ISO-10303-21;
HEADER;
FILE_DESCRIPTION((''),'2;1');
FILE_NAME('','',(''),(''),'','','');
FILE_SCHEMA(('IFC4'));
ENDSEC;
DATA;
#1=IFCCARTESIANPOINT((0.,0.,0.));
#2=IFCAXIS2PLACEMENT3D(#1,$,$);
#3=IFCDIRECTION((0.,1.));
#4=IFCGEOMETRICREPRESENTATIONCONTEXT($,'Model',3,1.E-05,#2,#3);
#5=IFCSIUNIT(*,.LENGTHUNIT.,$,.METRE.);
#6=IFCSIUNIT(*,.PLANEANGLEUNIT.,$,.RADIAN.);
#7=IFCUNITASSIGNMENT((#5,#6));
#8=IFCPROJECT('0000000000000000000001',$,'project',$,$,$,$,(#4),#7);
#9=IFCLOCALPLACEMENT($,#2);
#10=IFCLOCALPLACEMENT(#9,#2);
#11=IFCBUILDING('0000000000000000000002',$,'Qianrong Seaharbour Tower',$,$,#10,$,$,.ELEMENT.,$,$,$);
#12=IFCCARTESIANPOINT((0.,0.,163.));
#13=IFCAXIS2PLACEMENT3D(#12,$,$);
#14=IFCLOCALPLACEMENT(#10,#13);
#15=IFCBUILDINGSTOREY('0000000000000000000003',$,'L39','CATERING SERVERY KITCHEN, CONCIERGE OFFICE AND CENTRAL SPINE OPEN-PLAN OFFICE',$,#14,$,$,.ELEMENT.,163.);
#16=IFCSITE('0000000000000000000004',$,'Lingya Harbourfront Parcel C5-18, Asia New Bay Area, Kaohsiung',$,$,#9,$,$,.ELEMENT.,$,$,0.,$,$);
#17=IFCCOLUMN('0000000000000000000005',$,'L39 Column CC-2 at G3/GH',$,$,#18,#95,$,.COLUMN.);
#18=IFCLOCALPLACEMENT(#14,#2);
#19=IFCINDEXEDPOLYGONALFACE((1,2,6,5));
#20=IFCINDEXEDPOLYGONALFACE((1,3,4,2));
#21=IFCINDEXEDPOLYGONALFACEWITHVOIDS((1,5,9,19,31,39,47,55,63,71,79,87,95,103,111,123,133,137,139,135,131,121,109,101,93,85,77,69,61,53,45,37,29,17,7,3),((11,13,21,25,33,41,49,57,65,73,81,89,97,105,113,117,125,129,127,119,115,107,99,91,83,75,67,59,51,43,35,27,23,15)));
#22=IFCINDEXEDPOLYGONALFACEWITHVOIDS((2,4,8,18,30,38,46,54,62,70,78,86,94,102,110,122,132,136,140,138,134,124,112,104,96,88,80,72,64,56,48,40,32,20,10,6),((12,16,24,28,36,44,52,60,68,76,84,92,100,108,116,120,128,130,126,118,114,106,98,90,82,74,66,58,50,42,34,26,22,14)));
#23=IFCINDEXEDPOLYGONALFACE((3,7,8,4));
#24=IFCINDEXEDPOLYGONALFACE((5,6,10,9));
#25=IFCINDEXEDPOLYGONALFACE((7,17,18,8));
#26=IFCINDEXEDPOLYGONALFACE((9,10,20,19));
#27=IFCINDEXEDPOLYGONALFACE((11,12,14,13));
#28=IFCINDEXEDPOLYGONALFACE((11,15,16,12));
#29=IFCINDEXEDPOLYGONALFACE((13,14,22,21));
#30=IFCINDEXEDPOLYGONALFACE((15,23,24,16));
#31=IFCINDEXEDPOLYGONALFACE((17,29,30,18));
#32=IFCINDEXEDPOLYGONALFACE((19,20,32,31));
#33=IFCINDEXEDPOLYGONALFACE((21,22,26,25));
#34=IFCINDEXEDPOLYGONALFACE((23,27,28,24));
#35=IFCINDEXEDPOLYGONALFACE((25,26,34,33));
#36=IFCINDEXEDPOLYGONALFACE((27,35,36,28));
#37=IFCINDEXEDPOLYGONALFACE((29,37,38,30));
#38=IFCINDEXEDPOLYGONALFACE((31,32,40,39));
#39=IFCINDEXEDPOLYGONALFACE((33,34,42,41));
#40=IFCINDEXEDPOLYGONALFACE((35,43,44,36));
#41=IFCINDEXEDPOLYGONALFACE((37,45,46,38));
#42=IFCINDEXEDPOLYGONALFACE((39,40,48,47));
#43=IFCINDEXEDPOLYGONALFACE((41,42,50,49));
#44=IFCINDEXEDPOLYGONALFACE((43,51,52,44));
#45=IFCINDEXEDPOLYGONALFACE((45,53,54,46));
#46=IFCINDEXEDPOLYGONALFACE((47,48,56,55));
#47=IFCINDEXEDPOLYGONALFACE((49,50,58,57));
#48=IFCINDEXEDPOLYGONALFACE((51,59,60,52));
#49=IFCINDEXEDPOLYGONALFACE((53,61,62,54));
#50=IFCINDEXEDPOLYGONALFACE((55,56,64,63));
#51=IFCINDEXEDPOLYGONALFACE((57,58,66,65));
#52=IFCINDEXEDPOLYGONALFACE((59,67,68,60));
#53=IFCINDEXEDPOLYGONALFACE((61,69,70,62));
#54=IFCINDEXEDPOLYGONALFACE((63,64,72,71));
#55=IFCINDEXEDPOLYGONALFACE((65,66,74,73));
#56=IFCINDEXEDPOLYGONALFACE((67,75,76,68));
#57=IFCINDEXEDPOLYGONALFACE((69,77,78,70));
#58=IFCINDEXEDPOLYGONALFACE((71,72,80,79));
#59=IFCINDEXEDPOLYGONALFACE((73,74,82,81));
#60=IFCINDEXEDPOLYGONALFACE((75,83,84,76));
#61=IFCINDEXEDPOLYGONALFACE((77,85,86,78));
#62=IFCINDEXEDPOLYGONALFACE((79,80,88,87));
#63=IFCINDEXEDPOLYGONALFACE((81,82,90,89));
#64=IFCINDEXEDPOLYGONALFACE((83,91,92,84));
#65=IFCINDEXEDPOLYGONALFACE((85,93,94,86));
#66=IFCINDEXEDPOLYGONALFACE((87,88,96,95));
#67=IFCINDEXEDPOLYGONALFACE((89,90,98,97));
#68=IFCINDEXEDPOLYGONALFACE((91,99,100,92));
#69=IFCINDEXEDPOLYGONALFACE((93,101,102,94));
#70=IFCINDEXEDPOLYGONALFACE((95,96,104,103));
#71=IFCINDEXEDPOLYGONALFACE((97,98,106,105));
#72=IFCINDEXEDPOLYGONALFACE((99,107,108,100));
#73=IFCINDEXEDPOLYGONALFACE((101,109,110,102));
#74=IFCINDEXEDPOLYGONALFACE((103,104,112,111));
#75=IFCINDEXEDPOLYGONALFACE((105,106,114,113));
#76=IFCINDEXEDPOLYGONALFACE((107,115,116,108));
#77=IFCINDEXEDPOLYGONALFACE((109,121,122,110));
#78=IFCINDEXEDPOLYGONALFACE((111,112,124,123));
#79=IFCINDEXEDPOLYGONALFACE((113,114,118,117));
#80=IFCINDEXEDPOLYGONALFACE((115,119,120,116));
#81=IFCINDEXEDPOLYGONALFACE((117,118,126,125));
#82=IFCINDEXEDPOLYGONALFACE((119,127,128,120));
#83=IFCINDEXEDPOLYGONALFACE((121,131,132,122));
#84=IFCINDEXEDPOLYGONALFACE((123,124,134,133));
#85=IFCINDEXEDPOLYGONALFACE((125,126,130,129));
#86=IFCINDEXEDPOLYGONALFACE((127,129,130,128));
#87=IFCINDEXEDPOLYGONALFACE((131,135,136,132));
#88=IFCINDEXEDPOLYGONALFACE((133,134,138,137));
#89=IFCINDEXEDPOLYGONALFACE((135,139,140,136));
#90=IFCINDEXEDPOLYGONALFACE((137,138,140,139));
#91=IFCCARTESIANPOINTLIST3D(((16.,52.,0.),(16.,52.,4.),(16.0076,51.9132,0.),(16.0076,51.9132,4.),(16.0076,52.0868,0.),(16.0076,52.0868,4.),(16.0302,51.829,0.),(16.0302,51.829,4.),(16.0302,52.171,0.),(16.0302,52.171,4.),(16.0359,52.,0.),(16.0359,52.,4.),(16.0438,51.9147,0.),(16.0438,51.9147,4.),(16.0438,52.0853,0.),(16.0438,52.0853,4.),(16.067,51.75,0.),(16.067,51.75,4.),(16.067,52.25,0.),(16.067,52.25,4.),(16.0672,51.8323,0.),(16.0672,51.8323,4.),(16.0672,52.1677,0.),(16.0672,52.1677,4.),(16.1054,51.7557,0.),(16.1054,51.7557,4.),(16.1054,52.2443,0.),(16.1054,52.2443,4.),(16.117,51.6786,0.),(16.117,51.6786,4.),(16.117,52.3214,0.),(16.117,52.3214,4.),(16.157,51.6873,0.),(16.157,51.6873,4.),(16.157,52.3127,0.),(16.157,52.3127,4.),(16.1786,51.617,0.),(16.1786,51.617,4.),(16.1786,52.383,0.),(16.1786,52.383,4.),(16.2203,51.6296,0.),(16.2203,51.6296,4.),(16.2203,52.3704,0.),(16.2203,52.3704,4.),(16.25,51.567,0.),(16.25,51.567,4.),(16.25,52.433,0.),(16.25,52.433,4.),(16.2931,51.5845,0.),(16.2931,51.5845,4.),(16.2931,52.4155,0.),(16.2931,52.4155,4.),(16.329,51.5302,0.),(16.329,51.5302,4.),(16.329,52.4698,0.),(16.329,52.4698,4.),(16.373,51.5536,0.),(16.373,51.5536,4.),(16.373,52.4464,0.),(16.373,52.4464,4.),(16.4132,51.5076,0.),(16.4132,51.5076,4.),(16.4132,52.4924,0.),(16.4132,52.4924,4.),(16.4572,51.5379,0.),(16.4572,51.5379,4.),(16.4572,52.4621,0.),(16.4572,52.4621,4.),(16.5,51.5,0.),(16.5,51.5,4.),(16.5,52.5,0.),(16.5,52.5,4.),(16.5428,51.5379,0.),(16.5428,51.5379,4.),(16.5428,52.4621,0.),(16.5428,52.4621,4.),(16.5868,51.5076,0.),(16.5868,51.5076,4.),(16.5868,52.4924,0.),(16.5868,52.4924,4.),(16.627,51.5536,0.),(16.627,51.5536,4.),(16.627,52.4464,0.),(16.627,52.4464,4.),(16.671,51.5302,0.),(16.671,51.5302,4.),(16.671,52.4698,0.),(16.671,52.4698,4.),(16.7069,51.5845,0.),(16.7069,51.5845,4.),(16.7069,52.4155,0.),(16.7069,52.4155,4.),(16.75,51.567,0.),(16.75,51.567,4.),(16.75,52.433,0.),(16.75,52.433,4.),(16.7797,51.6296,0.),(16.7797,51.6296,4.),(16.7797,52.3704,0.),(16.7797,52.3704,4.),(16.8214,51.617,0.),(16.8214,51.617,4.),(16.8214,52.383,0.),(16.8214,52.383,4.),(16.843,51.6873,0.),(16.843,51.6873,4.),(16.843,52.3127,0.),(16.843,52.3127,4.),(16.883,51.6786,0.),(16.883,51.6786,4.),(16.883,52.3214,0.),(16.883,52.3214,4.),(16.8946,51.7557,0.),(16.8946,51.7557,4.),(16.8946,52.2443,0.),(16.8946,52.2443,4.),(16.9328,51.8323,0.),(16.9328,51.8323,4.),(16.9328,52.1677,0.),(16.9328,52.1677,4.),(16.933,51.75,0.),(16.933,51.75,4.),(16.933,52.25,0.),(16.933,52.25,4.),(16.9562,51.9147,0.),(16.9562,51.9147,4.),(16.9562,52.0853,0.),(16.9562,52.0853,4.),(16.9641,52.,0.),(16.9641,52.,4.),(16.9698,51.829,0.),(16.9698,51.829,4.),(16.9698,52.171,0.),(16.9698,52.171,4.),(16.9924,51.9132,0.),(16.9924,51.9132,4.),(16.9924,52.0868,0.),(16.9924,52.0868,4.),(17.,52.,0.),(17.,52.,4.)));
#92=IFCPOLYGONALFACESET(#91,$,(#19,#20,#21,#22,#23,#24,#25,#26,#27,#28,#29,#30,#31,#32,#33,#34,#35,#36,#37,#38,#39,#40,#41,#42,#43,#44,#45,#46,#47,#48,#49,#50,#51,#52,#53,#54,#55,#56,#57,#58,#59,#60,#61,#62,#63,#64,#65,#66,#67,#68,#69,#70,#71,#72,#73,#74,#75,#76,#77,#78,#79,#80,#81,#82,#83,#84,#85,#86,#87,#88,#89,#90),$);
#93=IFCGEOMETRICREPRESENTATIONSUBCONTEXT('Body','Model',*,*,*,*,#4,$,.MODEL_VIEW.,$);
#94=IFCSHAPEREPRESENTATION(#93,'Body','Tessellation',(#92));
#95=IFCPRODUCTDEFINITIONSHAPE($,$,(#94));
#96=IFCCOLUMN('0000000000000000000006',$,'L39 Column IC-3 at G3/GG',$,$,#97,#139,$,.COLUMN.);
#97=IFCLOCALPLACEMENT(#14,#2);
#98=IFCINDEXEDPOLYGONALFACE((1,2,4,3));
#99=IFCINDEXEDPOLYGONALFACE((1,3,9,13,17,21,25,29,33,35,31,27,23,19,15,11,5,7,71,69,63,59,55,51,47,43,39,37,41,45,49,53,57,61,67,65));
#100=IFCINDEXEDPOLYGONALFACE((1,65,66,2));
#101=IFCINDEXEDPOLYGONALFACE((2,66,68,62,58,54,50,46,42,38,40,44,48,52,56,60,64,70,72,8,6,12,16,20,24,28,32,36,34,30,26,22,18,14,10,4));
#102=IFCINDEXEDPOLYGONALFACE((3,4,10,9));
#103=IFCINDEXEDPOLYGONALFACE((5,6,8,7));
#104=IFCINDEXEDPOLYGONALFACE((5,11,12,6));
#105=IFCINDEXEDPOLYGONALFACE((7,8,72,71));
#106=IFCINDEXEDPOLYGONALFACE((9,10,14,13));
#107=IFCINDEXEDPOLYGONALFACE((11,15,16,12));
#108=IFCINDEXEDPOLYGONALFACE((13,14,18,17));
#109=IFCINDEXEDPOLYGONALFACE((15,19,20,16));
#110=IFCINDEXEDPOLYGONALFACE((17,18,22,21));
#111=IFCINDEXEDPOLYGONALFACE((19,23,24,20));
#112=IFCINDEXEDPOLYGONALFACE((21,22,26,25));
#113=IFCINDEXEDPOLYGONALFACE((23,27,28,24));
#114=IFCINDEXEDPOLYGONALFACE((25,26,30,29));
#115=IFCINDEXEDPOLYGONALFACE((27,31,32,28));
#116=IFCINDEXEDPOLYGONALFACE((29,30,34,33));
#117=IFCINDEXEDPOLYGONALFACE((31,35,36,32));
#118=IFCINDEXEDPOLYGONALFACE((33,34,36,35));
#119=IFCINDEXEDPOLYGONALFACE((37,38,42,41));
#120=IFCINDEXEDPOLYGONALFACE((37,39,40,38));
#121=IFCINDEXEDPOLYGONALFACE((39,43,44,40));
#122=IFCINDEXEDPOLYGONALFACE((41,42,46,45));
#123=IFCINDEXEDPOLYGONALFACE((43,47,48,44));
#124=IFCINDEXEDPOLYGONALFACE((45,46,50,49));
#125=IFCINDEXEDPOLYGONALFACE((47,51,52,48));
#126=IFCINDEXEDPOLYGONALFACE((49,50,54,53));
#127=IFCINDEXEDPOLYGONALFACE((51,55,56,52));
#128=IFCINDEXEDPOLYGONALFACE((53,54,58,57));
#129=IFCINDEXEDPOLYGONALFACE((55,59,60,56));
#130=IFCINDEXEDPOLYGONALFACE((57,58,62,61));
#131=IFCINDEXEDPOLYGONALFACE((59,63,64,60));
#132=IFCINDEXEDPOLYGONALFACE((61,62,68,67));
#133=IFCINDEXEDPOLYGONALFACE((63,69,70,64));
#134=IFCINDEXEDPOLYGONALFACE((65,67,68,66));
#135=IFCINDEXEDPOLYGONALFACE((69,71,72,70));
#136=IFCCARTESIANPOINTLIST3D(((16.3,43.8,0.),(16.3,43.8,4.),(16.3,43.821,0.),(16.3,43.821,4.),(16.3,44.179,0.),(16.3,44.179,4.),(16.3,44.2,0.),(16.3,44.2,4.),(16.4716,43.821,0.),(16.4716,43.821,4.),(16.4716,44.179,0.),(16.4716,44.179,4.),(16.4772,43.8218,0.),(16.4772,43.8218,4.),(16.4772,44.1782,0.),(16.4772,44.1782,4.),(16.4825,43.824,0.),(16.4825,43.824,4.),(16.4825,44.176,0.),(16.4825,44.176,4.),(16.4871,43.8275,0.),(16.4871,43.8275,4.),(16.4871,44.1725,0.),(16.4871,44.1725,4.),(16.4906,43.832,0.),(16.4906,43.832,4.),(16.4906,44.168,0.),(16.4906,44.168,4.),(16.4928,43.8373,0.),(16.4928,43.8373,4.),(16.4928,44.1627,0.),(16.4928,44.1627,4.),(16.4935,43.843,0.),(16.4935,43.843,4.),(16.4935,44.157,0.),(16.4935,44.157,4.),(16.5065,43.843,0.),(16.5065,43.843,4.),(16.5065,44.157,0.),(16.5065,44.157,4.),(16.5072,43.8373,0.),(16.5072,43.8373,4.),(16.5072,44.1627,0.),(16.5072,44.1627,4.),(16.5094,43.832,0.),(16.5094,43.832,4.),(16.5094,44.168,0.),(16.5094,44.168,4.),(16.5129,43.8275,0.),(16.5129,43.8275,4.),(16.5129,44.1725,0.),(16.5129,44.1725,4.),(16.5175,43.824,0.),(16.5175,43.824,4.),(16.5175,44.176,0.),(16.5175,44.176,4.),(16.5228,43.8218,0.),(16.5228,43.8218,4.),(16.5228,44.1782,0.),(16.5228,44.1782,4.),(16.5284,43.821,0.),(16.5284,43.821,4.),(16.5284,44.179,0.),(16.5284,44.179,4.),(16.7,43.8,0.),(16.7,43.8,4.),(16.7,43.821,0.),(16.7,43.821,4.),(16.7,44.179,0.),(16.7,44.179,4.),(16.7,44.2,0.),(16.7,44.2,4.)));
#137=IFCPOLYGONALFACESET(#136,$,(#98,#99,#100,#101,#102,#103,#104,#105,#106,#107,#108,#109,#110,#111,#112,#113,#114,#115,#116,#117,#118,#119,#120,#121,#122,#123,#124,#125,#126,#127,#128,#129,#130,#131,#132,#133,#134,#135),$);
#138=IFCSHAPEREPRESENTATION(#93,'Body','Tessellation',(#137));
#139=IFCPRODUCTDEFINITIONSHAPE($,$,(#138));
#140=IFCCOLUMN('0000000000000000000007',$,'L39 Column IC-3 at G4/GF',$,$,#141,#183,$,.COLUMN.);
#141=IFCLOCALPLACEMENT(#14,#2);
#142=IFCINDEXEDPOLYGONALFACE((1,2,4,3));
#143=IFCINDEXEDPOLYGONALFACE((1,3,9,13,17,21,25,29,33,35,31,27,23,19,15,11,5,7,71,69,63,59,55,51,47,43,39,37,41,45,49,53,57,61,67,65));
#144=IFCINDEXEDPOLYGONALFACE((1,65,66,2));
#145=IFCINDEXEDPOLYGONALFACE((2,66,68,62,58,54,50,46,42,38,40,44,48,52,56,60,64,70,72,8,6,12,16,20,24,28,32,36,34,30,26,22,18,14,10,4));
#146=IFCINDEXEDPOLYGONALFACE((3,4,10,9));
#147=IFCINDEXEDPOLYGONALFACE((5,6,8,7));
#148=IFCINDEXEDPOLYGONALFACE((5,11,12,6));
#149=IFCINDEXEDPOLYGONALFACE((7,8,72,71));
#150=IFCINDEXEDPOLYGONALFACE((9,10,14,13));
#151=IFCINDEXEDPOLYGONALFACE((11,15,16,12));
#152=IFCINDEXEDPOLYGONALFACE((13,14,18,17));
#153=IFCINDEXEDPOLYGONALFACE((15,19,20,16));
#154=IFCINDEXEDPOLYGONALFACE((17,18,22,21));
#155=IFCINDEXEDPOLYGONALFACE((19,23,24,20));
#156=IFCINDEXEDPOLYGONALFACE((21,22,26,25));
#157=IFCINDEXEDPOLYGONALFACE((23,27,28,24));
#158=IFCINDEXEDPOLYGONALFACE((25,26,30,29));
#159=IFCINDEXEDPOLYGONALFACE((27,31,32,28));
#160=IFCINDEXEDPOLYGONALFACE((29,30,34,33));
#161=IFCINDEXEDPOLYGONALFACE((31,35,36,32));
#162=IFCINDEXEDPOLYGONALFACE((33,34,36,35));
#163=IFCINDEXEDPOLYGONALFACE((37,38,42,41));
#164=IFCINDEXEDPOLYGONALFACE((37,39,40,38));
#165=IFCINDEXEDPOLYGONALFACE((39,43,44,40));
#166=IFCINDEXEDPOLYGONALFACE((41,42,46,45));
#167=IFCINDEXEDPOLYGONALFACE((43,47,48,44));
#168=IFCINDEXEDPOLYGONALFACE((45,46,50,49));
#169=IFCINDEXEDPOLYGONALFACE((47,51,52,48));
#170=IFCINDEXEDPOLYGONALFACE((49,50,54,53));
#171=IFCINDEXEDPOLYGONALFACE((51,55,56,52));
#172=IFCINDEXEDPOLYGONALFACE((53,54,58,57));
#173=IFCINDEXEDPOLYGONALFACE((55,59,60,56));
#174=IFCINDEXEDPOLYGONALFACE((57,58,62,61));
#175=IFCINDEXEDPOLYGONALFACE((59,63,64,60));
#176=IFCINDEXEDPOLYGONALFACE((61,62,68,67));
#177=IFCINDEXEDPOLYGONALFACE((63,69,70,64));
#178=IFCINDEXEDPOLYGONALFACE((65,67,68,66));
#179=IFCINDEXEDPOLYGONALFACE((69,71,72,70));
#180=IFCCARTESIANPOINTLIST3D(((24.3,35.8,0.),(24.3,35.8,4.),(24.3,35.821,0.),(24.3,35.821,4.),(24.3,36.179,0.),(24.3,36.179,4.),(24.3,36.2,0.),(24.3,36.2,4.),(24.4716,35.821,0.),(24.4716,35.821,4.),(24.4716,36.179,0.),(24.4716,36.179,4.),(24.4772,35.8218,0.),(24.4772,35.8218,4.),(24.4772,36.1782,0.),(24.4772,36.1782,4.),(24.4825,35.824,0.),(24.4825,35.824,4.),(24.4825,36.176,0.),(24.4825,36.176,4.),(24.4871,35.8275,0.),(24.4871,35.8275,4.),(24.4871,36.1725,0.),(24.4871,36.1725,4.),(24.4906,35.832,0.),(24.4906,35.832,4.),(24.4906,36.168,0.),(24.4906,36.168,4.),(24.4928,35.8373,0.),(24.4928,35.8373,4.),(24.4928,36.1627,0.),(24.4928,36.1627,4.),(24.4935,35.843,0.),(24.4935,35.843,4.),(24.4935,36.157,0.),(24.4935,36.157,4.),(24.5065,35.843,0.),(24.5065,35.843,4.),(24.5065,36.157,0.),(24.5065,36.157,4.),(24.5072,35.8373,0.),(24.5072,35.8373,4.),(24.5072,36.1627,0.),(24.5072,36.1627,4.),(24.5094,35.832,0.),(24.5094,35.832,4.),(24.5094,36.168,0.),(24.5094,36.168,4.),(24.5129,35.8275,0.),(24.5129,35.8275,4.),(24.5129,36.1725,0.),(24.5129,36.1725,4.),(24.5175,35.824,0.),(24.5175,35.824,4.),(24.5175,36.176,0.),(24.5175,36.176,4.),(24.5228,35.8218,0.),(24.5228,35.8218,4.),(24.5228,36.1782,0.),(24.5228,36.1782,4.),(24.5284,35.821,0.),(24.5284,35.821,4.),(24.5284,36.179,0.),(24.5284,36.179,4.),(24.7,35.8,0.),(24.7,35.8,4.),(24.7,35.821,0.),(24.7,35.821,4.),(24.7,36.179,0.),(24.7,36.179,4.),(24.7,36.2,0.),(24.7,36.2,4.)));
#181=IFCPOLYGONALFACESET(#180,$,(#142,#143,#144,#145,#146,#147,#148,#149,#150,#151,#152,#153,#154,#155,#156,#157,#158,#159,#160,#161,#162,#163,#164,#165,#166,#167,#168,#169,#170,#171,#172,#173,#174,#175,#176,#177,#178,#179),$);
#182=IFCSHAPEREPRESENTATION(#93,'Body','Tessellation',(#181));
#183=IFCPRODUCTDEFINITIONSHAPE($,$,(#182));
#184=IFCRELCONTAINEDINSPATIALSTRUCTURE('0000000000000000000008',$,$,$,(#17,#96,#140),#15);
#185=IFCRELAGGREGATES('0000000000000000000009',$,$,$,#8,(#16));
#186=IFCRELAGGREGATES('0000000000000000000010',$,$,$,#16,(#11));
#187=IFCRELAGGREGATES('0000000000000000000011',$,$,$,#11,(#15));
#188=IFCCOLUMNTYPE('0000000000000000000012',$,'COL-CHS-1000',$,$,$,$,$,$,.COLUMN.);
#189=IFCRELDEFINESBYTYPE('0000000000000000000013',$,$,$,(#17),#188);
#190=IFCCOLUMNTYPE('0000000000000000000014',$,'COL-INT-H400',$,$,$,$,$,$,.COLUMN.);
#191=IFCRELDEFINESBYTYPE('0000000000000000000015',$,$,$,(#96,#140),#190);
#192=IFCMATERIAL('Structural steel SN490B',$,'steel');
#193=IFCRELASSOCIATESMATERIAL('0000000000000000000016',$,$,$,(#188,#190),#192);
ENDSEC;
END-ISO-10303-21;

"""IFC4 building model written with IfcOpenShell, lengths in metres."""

from ifc_helpers import new_model, si_unit, direction, frame, origin, origin_2d, place, context, subcontext, project, spatial, hollow_circle, i_section, extrude, material, material_profile, profile_set, type_object, element, save


model = new_model("IFC4")

# Units and contexts
model_context = context("Model", 3, precision=1e-05, world=origin(), true_north=direction((0.0, 1.0)))
body_context = subcontext(model_context, "Body", "Model", "MODEL_VIEW")
ifc_project = project(units=[si_unit("LENGTHUNIT", "METRE"), si_unit("PLANEANGLEUNIT", "RADIAN")], contexts=[model_context])

# Site, building, storey
site_placement = place(None, origin())
site = spatial("IfcSite", under=ifc_project, at=site_placement, Name="Lingya Harbourfront Parcel C5-18, Asia New Bay Area, Kaohsiung", CompositionType="ELEMENT", RefElevation=0.0)
building_placement = place(site_placement, origin())
building = spatial("IfcBuilding", under=site, at=building_placement, Name="Qianrong Seaharbour Tower", CompositionType="ELEMENT")
storey_placement = place(building_placement, frame((0.0, 0.0, 163.0)))
storey = spatial("IfcBuildingStorey", under=building, at=storey_placement, Name="L39", Description="CATERING SERVERY KITCHEN, CONCIERGE OFFICE AND CENTRAL SPINE OPEN-PLAN OFFICE", CompositionType="ELEMENT", Elevation=163.0)

# Columns
ifc_material_1 = material(Name="Structural steel SN490B", Category="steel")
ifc_material_profile_1 = material_profile(ifc_material_1, hollow_circle(Radius=0.5, WallThickness=0.0359, at=origin_2d()), Name="CHS1000x36")
ifc_profile_set_1 = profile_set([ifc_material_profile_1], Name="Structural steel SN490B")
column_type_1 = type_object("IfcColumnType", Name="COL-CHS-1000", PredefinedType="COLUMN", material=ifc_profile_set_1)
column_placement = place(storey_placement, frame((16.5, 52.0, 0.0), z_axis=(0.0, 0.0, 1.0), x_axis=(1.0, 0.0, 0.0)))
element("IfcColumn", 1, at=column_placement, inside=storey, type_object=column_type_1, Name="L39 Column CC-2 at G3/GH", PredefinedType="COLUMN", context=body_context, shape_type="SweptSolid", body=[
    extrude(hollow_circle(Radius=0.5, WallThickness=0.0359, at=origin_2d()), origin(), (0.0, 0.0, 1.0), 4.0),
])
ifc_material_profile_2 = material_profile(ifc_material_1, i_section(OverallWidth=0.3999, OverallDepth=0.3999, WebThickness=0.0129, FlangeThickness=0.021, FilletRadius=0.022, at=origin_2d()), Name="H400x400x13x21")
ifc_profile_set_2 = profile_set([ifc_material_profile_2], Name="Structural steel SN490B")
column_type_2 = type_object("IfcColumnType", Name="COL-INT-H400", PredefinedType="COLUMN", material=ifc_profile_set_2)
for number, where, z_axis, x_axis, name in (
    (2, (16.5, 44.0, 0.0), (0.0, 0.0, 1.0), (1.0, 0.0, 0.0), "L39 Column IC-3 at G3/GG"),
    (3, (24.5, 36.0, 0.0), (0.0, 0.0, 1.0), (1.0, 0.0, 0.0), "L39 Column IC-3 at G4/GF"),
):
    element("IfcColumn", number, at=place(storey_placement, frame(where, z_axis=z_axis, x_axis=x_axis)), inside=storey, type_object=column_type_2, Name=name, PredefinedType="COLUMN", context=body_context, shape_type="SweptSolid", body=[
        extrude(i_section(OverallWidth=0.3999, OverallDepth=0.3999, WebThickness=0.0129, FlangeThickness=0.021, FilletRadius=0.022, at=origin_2d()), origin(), (0.0, 0.0, 1.0), 4.0),
    ])

save(model, "model.ifc")
